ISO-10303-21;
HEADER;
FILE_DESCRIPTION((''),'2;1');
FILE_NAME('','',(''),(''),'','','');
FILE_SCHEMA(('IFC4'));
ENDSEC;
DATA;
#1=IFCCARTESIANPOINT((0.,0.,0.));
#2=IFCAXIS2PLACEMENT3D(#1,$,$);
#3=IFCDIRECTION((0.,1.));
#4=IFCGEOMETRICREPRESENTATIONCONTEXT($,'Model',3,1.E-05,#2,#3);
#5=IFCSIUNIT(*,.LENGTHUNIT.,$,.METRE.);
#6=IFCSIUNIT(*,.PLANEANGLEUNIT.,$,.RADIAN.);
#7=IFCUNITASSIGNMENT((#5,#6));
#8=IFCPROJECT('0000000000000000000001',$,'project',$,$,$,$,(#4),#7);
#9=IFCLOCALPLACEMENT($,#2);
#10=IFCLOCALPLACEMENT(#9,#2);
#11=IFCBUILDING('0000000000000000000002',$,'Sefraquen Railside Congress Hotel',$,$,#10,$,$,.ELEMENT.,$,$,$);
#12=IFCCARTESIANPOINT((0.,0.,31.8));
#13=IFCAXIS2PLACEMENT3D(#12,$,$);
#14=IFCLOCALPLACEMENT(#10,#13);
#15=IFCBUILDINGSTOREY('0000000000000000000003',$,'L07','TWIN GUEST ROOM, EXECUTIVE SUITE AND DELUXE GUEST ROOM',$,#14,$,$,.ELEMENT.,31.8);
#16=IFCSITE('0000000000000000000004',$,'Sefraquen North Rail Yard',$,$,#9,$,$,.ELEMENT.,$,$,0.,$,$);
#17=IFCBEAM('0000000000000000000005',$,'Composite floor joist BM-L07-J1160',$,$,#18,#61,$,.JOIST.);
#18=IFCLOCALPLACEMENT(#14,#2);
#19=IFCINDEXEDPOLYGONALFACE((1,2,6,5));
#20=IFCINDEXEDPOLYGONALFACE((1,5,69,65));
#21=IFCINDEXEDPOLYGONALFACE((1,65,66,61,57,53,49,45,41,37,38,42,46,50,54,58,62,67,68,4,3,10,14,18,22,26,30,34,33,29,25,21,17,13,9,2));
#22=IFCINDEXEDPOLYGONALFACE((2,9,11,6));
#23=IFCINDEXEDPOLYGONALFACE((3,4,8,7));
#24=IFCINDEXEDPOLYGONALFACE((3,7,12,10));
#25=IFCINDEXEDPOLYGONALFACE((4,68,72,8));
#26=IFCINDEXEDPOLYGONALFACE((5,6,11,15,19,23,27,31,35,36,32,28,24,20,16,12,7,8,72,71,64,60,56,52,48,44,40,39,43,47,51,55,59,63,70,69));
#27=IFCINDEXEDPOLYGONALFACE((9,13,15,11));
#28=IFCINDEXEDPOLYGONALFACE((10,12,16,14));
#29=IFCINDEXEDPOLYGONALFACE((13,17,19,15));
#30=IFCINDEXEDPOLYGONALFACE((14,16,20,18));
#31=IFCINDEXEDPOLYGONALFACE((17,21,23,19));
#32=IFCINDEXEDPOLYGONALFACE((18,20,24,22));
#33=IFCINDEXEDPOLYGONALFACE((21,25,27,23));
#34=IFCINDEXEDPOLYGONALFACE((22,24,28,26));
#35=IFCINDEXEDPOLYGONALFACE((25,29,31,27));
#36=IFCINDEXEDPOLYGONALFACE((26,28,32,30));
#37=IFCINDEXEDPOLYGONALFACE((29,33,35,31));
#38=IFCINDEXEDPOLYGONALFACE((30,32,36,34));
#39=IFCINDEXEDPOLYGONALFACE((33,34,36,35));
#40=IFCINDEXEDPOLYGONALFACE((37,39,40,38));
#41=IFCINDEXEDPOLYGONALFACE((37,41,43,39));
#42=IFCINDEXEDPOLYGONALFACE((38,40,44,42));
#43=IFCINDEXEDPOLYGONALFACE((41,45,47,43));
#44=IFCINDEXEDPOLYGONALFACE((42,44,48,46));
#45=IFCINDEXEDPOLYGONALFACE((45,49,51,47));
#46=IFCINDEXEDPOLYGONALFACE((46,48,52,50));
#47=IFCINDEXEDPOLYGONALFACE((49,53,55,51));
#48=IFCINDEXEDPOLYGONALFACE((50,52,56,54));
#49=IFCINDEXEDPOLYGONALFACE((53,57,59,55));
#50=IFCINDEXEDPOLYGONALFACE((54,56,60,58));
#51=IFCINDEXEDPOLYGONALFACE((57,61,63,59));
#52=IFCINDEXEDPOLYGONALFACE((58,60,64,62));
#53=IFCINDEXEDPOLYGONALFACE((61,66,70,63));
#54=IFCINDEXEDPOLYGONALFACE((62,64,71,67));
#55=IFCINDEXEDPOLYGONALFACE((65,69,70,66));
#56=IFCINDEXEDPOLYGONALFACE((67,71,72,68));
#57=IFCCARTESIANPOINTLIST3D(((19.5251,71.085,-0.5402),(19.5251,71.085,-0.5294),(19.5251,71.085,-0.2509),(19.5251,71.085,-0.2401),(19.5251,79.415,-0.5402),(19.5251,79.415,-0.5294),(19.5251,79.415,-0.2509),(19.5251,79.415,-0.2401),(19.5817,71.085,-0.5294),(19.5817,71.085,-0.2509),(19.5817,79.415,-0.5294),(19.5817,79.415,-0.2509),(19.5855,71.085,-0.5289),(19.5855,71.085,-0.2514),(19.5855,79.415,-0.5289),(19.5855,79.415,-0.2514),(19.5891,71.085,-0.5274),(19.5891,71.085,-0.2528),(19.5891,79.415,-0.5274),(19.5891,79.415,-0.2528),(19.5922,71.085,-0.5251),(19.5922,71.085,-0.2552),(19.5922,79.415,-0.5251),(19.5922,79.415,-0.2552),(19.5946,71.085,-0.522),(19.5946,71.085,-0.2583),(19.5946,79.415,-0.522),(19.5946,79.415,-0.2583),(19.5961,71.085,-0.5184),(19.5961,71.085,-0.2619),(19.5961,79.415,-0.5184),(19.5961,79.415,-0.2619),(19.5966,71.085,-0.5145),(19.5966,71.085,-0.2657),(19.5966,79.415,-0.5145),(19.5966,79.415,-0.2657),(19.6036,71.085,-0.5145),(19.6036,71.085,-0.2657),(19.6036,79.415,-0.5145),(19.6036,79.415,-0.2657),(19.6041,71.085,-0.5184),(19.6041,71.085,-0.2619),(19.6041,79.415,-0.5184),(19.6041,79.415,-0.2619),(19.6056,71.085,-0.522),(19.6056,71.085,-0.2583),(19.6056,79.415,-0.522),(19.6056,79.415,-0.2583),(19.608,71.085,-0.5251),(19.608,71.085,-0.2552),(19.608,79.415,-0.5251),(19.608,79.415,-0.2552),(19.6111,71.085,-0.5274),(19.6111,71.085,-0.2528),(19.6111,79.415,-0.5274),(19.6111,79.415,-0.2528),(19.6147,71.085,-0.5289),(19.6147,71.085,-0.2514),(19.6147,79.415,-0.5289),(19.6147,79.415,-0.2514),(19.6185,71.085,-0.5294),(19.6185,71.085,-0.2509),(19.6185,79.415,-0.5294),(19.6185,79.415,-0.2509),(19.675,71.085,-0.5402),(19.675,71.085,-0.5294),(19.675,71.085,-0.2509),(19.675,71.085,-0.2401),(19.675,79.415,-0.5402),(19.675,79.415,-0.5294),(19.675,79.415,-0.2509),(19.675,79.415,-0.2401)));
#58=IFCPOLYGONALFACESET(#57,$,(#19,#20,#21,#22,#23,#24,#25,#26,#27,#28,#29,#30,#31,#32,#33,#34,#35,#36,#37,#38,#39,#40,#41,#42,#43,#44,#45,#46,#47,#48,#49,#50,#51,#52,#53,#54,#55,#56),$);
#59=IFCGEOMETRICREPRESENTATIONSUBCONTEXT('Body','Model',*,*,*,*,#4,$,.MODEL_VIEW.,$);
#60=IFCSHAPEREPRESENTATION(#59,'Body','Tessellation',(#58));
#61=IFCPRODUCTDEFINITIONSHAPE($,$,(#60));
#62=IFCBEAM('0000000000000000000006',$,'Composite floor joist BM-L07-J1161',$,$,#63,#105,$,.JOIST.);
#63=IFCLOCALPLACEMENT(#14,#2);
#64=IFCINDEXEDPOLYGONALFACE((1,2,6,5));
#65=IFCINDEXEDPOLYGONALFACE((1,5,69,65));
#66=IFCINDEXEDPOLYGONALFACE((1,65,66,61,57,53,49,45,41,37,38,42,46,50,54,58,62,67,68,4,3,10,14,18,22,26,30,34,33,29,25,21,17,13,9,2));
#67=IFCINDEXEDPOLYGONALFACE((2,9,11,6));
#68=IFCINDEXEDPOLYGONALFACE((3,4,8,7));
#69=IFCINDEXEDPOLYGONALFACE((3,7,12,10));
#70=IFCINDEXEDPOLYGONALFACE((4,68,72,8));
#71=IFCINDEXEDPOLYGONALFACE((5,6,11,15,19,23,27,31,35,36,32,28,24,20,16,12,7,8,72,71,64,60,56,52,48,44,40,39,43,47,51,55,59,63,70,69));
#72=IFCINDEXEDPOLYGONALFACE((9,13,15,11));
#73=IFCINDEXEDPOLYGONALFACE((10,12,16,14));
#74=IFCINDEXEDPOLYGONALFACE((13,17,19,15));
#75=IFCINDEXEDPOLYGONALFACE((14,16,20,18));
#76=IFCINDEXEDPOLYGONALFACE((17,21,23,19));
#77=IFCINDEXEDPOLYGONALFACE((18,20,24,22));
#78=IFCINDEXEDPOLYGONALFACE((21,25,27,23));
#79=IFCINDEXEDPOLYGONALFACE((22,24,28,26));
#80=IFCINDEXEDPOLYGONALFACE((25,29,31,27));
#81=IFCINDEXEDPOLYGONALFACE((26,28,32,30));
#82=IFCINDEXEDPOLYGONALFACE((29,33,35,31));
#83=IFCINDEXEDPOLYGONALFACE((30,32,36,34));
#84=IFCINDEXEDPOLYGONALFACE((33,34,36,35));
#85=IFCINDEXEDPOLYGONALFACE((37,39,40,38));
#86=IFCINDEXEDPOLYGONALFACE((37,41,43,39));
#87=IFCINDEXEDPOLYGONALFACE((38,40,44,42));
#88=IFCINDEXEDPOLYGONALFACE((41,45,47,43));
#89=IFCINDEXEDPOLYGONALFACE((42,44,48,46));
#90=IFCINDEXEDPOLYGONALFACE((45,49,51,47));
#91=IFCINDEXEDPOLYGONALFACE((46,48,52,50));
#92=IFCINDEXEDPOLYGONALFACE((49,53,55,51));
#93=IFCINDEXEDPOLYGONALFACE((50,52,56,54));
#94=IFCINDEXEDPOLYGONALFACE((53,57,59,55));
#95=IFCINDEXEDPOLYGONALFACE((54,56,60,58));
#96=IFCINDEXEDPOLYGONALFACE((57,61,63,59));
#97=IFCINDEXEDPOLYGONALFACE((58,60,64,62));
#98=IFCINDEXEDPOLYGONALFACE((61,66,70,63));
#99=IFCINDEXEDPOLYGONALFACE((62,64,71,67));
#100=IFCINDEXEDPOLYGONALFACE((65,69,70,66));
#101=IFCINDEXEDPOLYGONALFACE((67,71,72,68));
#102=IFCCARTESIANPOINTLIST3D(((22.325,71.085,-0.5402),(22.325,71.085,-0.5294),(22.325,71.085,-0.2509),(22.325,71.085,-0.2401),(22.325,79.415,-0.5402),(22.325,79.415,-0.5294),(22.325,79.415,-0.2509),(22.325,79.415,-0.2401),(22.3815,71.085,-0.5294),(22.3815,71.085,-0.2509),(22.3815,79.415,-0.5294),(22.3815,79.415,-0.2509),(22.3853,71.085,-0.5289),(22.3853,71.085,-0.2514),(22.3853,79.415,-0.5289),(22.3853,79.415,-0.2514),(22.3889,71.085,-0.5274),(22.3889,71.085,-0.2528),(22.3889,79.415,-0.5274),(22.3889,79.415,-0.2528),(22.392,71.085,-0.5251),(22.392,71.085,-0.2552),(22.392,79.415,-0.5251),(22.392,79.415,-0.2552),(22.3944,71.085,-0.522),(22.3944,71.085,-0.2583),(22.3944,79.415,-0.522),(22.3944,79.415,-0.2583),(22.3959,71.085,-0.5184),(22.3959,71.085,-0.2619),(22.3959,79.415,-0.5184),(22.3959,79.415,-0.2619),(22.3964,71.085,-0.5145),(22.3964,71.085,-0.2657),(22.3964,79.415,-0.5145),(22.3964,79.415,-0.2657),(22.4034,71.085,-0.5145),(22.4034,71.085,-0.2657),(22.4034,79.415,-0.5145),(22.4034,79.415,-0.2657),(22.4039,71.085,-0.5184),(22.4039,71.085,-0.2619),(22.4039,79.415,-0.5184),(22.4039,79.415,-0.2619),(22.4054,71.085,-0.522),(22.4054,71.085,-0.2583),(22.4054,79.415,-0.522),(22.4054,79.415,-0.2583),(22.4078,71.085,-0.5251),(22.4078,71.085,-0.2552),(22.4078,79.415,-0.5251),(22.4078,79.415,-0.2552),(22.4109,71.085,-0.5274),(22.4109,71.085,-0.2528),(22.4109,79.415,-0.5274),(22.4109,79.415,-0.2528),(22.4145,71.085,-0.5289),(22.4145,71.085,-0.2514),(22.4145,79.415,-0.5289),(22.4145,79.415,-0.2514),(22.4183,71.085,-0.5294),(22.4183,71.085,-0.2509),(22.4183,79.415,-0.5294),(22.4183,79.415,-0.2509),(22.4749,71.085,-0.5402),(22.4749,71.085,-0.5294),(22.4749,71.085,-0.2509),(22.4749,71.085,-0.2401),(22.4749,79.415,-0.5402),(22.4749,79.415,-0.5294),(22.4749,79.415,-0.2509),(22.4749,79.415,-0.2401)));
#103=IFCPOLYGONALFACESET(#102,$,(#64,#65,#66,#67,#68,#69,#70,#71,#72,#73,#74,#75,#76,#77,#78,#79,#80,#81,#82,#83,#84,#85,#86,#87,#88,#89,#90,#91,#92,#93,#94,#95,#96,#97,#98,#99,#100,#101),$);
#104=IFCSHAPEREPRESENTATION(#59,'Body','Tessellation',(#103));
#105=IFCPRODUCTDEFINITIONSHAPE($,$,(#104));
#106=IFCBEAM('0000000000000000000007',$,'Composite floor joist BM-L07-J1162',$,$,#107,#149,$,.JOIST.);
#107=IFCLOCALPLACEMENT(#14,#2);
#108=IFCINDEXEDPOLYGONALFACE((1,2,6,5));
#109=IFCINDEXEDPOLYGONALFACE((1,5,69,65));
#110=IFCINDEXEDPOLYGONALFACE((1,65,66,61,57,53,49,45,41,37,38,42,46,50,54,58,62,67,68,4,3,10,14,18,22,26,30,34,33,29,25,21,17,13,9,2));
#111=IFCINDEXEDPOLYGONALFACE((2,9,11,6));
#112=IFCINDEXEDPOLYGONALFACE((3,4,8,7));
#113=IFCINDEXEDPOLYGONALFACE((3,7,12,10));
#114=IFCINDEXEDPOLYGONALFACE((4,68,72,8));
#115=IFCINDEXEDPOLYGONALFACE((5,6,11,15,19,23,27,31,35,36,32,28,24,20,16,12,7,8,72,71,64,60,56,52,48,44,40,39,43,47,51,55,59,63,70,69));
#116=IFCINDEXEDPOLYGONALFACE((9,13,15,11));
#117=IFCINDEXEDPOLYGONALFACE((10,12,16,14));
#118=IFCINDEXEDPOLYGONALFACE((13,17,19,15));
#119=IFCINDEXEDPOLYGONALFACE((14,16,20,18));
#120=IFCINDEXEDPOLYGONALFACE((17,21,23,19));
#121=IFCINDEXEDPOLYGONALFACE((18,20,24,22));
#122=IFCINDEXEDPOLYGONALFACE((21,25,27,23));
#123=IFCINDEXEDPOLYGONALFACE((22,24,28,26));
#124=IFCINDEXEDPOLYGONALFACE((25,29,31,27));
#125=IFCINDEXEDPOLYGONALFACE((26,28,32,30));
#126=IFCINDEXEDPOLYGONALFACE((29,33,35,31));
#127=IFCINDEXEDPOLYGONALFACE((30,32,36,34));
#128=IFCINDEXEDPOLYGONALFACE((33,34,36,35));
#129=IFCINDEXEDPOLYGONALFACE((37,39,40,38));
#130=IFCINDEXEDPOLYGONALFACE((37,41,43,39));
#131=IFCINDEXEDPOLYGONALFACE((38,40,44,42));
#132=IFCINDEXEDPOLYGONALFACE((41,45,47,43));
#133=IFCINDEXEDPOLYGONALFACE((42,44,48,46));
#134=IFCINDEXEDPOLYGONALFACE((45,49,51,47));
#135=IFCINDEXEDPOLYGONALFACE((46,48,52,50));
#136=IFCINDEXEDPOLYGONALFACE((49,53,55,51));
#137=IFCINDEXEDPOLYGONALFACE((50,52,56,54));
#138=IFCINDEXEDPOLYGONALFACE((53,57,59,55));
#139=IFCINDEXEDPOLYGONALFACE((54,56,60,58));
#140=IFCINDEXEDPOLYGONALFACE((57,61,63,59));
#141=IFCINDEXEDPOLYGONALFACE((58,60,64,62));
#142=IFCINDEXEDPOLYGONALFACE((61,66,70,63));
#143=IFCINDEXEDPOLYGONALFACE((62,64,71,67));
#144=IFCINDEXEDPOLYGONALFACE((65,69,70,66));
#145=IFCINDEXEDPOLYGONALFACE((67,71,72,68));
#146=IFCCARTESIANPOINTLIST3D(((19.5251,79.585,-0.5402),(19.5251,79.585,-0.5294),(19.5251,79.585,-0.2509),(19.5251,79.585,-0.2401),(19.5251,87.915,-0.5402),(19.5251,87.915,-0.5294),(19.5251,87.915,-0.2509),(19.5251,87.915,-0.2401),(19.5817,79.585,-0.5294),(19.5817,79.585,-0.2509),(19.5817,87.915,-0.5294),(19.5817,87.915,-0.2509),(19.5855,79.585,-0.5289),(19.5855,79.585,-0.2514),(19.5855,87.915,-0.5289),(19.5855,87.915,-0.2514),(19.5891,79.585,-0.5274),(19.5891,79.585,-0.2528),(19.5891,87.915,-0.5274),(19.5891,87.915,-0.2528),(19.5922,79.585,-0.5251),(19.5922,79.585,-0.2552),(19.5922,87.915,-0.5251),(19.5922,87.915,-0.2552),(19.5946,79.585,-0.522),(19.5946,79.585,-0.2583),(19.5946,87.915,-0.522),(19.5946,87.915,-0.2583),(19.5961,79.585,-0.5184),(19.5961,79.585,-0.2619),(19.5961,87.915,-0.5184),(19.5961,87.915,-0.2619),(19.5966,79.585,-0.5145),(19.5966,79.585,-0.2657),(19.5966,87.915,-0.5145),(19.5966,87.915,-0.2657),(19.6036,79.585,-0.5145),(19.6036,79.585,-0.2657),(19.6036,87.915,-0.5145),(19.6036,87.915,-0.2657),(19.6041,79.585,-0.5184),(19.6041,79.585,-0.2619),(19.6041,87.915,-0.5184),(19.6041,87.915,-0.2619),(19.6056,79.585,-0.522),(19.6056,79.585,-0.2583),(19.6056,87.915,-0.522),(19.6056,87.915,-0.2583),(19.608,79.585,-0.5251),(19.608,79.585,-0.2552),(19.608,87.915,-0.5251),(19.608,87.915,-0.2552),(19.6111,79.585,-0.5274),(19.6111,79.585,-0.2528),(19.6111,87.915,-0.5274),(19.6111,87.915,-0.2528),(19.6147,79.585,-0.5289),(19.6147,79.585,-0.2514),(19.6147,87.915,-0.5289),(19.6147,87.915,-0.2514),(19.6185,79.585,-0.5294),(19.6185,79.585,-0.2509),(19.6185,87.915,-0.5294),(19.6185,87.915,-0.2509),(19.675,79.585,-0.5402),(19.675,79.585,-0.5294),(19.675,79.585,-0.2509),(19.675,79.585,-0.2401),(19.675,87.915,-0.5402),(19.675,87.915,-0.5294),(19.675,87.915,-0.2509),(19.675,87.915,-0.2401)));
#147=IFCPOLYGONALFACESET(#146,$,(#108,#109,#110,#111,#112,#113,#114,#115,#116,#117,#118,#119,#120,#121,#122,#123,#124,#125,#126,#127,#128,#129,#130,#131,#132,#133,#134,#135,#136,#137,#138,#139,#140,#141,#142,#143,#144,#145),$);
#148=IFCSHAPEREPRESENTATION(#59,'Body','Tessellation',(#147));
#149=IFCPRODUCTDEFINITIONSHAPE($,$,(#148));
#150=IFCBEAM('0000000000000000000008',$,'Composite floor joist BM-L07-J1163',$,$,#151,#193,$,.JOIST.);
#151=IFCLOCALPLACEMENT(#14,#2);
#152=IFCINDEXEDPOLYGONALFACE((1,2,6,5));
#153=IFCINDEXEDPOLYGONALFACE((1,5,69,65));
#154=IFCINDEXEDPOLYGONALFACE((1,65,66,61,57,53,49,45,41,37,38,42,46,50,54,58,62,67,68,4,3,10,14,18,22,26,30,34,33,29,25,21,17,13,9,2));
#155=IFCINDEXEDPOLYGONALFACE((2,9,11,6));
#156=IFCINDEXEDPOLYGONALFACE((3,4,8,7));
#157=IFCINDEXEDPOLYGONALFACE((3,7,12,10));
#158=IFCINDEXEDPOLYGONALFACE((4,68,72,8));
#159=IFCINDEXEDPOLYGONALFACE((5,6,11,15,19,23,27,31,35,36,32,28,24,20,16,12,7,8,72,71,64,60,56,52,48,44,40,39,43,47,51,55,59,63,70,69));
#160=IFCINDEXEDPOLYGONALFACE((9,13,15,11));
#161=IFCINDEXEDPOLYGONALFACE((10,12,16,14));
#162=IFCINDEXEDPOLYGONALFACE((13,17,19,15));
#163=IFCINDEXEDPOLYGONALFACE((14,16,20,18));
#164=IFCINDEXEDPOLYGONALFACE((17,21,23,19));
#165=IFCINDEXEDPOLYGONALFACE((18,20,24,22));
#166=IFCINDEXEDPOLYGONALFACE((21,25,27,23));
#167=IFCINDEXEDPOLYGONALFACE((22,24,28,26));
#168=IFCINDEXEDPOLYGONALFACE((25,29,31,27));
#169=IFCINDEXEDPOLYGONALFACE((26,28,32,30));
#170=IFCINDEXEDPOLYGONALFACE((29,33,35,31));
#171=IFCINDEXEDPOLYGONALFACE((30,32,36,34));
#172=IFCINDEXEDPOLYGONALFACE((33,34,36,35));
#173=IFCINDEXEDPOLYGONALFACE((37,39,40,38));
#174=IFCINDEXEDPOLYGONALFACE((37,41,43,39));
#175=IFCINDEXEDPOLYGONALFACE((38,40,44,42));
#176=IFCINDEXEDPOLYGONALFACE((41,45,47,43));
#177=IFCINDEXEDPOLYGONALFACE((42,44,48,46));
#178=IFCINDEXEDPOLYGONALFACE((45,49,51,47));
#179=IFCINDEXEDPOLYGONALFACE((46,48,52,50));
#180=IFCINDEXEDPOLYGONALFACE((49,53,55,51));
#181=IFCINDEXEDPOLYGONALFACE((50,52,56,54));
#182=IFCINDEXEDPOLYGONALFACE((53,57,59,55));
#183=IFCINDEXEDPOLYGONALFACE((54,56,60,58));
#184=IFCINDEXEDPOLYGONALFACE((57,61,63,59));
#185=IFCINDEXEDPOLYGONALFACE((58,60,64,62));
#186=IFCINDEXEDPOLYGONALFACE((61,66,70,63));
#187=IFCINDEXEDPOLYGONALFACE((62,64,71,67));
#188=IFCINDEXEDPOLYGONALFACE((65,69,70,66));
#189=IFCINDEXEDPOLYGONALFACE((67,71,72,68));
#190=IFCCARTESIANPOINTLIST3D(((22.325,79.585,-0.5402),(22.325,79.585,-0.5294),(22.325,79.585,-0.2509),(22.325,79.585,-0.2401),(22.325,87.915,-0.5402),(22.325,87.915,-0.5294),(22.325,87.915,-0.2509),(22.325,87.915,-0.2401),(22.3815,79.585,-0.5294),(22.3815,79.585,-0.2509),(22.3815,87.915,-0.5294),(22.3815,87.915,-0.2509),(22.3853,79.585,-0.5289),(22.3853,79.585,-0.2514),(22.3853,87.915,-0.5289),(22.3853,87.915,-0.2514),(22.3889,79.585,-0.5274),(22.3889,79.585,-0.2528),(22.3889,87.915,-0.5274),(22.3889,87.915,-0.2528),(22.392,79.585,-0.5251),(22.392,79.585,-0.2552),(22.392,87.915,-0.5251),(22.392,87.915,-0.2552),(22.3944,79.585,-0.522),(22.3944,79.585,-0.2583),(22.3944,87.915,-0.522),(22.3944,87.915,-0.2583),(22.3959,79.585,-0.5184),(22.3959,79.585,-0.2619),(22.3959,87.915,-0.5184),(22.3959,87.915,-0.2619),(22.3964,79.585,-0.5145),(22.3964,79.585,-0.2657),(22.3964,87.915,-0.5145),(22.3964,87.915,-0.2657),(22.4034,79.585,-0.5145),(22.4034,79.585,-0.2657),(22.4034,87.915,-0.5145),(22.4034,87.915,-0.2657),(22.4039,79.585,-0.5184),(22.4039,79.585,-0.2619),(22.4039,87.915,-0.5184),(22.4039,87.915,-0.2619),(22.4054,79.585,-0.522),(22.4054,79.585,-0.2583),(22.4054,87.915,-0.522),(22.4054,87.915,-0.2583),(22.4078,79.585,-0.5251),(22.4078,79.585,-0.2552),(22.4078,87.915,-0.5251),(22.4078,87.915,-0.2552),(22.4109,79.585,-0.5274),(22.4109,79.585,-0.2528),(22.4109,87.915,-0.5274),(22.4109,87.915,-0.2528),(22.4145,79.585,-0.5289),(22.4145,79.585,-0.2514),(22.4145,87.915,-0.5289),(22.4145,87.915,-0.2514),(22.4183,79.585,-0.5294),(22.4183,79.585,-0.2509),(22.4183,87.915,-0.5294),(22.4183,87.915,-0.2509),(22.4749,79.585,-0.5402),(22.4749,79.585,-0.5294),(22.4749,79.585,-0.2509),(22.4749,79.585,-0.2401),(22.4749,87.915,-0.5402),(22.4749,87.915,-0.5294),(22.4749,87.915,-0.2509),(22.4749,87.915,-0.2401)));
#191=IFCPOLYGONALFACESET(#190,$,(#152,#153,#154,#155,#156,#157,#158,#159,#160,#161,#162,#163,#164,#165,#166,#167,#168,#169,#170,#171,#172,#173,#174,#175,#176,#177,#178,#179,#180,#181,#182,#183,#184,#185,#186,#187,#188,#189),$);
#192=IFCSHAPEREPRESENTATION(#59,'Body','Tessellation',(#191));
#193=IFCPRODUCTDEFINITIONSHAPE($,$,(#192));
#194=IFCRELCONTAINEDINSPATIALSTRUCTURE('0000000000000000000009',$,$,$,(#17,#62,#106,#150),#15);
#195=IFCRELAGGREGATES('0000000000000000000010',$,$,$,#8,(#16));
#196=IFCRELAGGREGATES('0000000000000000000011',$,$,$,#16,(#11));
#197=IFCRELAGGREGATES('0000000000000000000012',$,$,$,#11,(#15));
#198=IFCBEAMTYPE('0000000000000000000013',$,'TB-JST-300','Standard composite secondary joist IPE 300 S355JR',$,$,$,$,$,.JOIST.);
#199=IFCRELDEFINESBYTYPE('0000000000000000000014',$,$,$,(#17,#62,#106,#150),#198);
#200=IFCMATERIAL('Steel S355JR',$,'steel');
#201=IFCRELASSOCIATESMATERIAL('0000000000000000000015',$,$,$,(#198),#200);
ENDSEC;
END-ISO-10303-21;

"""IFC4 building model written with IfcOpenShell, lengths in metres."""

from ifc_helpers import new_model, si_unit, direction, frame, origin, origin_2d, place, context, subcontext, project, spatial, i_section, extrude, material, material_profile, profile_set, type_object, element, save


model = new_model("IFC4")

# Units and contexts
model_context = context("Model", 3, precision=1e-05, world=origin(), true_north=direction((0.0, 1.0)))
body_context = subcontext(model_context, "Body", "Model", "MODEL_VIEW")
ifc_project = project(units=[si_unit("LENGTHUNIT", "METRE"), si_unit("PLANEANGLEUNIT", "RADIAN")], contexts=[model_context])

# Site, building, storey
site_placement = place(None, origin())
site = spatial("IfcSite", under=ifc_project, at=site_placement, Name="Sefraquen North Rail Yard", CompositionType="ELEMENT", RefElevation=0.0)
building_placement = place(site_placement, origin())
building = spatial("IfcBuilding", under=site, at=building_placement, Name="Sefraquen Railside Congress Hotel", CompositionType="ELEMENT")
storey_placement = place(building_placement, frame((0.0, 0.0, 31.8)))
storey = spatial("IfcBuildingStorey", under=building, at=storey_placement, Name="L07", Description="TWIN GUEST ROOM, EXECUTIVE SUITE AND DELUXE GUEST ROOM", CompositionType="ELEMENT", Elevation=31.8)

# Shared definitions
ifc_material_1 = material(Name="Steel S355JR", Category="steel")

# Beams
ifc_material_profile_1 = material_profile(ifc_material_1, i_section(OverallWidth=0.1499, OverallDepth=0.3, WebThickness=0.0071, FlangeThickness=0.0107, FilletRadius=0.0149, at=origin_2d()), Name="IPE 300")
ifc_profile_set_1 = profile_set([ifc_material_profile_1], Name="Steel S355JR")
beam_type_1 = type_object("IfcBeamType", Name="TB-JST-300", Description="Standard composite secondary joist IPE 300 S355JR", PredefinedType="JOIST", material=ifc_profile_set_1)
for number, where, z_axis, x_axis, name in (
    (1, (19.6001, 71.085, -0.3901), (0.0, 1.0, 0.0), (-1.0, 0.0, 0.0), "Composite floor joist BM-L07-J1160"),
    (2, (22.3999, 71.085, -0.3901), (0.0, 1.0, 0.0), (-1.0, 0.0, 0.0), "Composite floor joist BM-L07-J1161"),
    (3, (19.6001, 79.585, -0.3901), (0.0, 1.0, 0.0), (-1.0, 0.0, 0.0), "Composite floor joist BM-L07-J1162"),
    (4, (22.3999, 79.585, -0.3901), (0.0, 1.0, 0.0), (-1.0, 0.0, 0.0), "Composite floor joist BM-L07-J1163"),
):
    element("IfcBeam", number, at=place(storey_placement, frame(where, z_axis=z_axis, x_axis=x_axis)), inside=storey, type_object=beam_type_1, Name=name, PredefinedType="JOIST", context=body_context, shape_type="SweptSolid", body=[
        extrude(i_section(OverallWidth=0.1499, OverallDepth=0.3, WebThickness=0.0071, FlangeThickness=0.0107, FilletRadius=0.0149, at=origin_2d()), origin(), (0.0, 0.0, 1.0), 8.3301),
    ])

save(model, "model.ifc")
